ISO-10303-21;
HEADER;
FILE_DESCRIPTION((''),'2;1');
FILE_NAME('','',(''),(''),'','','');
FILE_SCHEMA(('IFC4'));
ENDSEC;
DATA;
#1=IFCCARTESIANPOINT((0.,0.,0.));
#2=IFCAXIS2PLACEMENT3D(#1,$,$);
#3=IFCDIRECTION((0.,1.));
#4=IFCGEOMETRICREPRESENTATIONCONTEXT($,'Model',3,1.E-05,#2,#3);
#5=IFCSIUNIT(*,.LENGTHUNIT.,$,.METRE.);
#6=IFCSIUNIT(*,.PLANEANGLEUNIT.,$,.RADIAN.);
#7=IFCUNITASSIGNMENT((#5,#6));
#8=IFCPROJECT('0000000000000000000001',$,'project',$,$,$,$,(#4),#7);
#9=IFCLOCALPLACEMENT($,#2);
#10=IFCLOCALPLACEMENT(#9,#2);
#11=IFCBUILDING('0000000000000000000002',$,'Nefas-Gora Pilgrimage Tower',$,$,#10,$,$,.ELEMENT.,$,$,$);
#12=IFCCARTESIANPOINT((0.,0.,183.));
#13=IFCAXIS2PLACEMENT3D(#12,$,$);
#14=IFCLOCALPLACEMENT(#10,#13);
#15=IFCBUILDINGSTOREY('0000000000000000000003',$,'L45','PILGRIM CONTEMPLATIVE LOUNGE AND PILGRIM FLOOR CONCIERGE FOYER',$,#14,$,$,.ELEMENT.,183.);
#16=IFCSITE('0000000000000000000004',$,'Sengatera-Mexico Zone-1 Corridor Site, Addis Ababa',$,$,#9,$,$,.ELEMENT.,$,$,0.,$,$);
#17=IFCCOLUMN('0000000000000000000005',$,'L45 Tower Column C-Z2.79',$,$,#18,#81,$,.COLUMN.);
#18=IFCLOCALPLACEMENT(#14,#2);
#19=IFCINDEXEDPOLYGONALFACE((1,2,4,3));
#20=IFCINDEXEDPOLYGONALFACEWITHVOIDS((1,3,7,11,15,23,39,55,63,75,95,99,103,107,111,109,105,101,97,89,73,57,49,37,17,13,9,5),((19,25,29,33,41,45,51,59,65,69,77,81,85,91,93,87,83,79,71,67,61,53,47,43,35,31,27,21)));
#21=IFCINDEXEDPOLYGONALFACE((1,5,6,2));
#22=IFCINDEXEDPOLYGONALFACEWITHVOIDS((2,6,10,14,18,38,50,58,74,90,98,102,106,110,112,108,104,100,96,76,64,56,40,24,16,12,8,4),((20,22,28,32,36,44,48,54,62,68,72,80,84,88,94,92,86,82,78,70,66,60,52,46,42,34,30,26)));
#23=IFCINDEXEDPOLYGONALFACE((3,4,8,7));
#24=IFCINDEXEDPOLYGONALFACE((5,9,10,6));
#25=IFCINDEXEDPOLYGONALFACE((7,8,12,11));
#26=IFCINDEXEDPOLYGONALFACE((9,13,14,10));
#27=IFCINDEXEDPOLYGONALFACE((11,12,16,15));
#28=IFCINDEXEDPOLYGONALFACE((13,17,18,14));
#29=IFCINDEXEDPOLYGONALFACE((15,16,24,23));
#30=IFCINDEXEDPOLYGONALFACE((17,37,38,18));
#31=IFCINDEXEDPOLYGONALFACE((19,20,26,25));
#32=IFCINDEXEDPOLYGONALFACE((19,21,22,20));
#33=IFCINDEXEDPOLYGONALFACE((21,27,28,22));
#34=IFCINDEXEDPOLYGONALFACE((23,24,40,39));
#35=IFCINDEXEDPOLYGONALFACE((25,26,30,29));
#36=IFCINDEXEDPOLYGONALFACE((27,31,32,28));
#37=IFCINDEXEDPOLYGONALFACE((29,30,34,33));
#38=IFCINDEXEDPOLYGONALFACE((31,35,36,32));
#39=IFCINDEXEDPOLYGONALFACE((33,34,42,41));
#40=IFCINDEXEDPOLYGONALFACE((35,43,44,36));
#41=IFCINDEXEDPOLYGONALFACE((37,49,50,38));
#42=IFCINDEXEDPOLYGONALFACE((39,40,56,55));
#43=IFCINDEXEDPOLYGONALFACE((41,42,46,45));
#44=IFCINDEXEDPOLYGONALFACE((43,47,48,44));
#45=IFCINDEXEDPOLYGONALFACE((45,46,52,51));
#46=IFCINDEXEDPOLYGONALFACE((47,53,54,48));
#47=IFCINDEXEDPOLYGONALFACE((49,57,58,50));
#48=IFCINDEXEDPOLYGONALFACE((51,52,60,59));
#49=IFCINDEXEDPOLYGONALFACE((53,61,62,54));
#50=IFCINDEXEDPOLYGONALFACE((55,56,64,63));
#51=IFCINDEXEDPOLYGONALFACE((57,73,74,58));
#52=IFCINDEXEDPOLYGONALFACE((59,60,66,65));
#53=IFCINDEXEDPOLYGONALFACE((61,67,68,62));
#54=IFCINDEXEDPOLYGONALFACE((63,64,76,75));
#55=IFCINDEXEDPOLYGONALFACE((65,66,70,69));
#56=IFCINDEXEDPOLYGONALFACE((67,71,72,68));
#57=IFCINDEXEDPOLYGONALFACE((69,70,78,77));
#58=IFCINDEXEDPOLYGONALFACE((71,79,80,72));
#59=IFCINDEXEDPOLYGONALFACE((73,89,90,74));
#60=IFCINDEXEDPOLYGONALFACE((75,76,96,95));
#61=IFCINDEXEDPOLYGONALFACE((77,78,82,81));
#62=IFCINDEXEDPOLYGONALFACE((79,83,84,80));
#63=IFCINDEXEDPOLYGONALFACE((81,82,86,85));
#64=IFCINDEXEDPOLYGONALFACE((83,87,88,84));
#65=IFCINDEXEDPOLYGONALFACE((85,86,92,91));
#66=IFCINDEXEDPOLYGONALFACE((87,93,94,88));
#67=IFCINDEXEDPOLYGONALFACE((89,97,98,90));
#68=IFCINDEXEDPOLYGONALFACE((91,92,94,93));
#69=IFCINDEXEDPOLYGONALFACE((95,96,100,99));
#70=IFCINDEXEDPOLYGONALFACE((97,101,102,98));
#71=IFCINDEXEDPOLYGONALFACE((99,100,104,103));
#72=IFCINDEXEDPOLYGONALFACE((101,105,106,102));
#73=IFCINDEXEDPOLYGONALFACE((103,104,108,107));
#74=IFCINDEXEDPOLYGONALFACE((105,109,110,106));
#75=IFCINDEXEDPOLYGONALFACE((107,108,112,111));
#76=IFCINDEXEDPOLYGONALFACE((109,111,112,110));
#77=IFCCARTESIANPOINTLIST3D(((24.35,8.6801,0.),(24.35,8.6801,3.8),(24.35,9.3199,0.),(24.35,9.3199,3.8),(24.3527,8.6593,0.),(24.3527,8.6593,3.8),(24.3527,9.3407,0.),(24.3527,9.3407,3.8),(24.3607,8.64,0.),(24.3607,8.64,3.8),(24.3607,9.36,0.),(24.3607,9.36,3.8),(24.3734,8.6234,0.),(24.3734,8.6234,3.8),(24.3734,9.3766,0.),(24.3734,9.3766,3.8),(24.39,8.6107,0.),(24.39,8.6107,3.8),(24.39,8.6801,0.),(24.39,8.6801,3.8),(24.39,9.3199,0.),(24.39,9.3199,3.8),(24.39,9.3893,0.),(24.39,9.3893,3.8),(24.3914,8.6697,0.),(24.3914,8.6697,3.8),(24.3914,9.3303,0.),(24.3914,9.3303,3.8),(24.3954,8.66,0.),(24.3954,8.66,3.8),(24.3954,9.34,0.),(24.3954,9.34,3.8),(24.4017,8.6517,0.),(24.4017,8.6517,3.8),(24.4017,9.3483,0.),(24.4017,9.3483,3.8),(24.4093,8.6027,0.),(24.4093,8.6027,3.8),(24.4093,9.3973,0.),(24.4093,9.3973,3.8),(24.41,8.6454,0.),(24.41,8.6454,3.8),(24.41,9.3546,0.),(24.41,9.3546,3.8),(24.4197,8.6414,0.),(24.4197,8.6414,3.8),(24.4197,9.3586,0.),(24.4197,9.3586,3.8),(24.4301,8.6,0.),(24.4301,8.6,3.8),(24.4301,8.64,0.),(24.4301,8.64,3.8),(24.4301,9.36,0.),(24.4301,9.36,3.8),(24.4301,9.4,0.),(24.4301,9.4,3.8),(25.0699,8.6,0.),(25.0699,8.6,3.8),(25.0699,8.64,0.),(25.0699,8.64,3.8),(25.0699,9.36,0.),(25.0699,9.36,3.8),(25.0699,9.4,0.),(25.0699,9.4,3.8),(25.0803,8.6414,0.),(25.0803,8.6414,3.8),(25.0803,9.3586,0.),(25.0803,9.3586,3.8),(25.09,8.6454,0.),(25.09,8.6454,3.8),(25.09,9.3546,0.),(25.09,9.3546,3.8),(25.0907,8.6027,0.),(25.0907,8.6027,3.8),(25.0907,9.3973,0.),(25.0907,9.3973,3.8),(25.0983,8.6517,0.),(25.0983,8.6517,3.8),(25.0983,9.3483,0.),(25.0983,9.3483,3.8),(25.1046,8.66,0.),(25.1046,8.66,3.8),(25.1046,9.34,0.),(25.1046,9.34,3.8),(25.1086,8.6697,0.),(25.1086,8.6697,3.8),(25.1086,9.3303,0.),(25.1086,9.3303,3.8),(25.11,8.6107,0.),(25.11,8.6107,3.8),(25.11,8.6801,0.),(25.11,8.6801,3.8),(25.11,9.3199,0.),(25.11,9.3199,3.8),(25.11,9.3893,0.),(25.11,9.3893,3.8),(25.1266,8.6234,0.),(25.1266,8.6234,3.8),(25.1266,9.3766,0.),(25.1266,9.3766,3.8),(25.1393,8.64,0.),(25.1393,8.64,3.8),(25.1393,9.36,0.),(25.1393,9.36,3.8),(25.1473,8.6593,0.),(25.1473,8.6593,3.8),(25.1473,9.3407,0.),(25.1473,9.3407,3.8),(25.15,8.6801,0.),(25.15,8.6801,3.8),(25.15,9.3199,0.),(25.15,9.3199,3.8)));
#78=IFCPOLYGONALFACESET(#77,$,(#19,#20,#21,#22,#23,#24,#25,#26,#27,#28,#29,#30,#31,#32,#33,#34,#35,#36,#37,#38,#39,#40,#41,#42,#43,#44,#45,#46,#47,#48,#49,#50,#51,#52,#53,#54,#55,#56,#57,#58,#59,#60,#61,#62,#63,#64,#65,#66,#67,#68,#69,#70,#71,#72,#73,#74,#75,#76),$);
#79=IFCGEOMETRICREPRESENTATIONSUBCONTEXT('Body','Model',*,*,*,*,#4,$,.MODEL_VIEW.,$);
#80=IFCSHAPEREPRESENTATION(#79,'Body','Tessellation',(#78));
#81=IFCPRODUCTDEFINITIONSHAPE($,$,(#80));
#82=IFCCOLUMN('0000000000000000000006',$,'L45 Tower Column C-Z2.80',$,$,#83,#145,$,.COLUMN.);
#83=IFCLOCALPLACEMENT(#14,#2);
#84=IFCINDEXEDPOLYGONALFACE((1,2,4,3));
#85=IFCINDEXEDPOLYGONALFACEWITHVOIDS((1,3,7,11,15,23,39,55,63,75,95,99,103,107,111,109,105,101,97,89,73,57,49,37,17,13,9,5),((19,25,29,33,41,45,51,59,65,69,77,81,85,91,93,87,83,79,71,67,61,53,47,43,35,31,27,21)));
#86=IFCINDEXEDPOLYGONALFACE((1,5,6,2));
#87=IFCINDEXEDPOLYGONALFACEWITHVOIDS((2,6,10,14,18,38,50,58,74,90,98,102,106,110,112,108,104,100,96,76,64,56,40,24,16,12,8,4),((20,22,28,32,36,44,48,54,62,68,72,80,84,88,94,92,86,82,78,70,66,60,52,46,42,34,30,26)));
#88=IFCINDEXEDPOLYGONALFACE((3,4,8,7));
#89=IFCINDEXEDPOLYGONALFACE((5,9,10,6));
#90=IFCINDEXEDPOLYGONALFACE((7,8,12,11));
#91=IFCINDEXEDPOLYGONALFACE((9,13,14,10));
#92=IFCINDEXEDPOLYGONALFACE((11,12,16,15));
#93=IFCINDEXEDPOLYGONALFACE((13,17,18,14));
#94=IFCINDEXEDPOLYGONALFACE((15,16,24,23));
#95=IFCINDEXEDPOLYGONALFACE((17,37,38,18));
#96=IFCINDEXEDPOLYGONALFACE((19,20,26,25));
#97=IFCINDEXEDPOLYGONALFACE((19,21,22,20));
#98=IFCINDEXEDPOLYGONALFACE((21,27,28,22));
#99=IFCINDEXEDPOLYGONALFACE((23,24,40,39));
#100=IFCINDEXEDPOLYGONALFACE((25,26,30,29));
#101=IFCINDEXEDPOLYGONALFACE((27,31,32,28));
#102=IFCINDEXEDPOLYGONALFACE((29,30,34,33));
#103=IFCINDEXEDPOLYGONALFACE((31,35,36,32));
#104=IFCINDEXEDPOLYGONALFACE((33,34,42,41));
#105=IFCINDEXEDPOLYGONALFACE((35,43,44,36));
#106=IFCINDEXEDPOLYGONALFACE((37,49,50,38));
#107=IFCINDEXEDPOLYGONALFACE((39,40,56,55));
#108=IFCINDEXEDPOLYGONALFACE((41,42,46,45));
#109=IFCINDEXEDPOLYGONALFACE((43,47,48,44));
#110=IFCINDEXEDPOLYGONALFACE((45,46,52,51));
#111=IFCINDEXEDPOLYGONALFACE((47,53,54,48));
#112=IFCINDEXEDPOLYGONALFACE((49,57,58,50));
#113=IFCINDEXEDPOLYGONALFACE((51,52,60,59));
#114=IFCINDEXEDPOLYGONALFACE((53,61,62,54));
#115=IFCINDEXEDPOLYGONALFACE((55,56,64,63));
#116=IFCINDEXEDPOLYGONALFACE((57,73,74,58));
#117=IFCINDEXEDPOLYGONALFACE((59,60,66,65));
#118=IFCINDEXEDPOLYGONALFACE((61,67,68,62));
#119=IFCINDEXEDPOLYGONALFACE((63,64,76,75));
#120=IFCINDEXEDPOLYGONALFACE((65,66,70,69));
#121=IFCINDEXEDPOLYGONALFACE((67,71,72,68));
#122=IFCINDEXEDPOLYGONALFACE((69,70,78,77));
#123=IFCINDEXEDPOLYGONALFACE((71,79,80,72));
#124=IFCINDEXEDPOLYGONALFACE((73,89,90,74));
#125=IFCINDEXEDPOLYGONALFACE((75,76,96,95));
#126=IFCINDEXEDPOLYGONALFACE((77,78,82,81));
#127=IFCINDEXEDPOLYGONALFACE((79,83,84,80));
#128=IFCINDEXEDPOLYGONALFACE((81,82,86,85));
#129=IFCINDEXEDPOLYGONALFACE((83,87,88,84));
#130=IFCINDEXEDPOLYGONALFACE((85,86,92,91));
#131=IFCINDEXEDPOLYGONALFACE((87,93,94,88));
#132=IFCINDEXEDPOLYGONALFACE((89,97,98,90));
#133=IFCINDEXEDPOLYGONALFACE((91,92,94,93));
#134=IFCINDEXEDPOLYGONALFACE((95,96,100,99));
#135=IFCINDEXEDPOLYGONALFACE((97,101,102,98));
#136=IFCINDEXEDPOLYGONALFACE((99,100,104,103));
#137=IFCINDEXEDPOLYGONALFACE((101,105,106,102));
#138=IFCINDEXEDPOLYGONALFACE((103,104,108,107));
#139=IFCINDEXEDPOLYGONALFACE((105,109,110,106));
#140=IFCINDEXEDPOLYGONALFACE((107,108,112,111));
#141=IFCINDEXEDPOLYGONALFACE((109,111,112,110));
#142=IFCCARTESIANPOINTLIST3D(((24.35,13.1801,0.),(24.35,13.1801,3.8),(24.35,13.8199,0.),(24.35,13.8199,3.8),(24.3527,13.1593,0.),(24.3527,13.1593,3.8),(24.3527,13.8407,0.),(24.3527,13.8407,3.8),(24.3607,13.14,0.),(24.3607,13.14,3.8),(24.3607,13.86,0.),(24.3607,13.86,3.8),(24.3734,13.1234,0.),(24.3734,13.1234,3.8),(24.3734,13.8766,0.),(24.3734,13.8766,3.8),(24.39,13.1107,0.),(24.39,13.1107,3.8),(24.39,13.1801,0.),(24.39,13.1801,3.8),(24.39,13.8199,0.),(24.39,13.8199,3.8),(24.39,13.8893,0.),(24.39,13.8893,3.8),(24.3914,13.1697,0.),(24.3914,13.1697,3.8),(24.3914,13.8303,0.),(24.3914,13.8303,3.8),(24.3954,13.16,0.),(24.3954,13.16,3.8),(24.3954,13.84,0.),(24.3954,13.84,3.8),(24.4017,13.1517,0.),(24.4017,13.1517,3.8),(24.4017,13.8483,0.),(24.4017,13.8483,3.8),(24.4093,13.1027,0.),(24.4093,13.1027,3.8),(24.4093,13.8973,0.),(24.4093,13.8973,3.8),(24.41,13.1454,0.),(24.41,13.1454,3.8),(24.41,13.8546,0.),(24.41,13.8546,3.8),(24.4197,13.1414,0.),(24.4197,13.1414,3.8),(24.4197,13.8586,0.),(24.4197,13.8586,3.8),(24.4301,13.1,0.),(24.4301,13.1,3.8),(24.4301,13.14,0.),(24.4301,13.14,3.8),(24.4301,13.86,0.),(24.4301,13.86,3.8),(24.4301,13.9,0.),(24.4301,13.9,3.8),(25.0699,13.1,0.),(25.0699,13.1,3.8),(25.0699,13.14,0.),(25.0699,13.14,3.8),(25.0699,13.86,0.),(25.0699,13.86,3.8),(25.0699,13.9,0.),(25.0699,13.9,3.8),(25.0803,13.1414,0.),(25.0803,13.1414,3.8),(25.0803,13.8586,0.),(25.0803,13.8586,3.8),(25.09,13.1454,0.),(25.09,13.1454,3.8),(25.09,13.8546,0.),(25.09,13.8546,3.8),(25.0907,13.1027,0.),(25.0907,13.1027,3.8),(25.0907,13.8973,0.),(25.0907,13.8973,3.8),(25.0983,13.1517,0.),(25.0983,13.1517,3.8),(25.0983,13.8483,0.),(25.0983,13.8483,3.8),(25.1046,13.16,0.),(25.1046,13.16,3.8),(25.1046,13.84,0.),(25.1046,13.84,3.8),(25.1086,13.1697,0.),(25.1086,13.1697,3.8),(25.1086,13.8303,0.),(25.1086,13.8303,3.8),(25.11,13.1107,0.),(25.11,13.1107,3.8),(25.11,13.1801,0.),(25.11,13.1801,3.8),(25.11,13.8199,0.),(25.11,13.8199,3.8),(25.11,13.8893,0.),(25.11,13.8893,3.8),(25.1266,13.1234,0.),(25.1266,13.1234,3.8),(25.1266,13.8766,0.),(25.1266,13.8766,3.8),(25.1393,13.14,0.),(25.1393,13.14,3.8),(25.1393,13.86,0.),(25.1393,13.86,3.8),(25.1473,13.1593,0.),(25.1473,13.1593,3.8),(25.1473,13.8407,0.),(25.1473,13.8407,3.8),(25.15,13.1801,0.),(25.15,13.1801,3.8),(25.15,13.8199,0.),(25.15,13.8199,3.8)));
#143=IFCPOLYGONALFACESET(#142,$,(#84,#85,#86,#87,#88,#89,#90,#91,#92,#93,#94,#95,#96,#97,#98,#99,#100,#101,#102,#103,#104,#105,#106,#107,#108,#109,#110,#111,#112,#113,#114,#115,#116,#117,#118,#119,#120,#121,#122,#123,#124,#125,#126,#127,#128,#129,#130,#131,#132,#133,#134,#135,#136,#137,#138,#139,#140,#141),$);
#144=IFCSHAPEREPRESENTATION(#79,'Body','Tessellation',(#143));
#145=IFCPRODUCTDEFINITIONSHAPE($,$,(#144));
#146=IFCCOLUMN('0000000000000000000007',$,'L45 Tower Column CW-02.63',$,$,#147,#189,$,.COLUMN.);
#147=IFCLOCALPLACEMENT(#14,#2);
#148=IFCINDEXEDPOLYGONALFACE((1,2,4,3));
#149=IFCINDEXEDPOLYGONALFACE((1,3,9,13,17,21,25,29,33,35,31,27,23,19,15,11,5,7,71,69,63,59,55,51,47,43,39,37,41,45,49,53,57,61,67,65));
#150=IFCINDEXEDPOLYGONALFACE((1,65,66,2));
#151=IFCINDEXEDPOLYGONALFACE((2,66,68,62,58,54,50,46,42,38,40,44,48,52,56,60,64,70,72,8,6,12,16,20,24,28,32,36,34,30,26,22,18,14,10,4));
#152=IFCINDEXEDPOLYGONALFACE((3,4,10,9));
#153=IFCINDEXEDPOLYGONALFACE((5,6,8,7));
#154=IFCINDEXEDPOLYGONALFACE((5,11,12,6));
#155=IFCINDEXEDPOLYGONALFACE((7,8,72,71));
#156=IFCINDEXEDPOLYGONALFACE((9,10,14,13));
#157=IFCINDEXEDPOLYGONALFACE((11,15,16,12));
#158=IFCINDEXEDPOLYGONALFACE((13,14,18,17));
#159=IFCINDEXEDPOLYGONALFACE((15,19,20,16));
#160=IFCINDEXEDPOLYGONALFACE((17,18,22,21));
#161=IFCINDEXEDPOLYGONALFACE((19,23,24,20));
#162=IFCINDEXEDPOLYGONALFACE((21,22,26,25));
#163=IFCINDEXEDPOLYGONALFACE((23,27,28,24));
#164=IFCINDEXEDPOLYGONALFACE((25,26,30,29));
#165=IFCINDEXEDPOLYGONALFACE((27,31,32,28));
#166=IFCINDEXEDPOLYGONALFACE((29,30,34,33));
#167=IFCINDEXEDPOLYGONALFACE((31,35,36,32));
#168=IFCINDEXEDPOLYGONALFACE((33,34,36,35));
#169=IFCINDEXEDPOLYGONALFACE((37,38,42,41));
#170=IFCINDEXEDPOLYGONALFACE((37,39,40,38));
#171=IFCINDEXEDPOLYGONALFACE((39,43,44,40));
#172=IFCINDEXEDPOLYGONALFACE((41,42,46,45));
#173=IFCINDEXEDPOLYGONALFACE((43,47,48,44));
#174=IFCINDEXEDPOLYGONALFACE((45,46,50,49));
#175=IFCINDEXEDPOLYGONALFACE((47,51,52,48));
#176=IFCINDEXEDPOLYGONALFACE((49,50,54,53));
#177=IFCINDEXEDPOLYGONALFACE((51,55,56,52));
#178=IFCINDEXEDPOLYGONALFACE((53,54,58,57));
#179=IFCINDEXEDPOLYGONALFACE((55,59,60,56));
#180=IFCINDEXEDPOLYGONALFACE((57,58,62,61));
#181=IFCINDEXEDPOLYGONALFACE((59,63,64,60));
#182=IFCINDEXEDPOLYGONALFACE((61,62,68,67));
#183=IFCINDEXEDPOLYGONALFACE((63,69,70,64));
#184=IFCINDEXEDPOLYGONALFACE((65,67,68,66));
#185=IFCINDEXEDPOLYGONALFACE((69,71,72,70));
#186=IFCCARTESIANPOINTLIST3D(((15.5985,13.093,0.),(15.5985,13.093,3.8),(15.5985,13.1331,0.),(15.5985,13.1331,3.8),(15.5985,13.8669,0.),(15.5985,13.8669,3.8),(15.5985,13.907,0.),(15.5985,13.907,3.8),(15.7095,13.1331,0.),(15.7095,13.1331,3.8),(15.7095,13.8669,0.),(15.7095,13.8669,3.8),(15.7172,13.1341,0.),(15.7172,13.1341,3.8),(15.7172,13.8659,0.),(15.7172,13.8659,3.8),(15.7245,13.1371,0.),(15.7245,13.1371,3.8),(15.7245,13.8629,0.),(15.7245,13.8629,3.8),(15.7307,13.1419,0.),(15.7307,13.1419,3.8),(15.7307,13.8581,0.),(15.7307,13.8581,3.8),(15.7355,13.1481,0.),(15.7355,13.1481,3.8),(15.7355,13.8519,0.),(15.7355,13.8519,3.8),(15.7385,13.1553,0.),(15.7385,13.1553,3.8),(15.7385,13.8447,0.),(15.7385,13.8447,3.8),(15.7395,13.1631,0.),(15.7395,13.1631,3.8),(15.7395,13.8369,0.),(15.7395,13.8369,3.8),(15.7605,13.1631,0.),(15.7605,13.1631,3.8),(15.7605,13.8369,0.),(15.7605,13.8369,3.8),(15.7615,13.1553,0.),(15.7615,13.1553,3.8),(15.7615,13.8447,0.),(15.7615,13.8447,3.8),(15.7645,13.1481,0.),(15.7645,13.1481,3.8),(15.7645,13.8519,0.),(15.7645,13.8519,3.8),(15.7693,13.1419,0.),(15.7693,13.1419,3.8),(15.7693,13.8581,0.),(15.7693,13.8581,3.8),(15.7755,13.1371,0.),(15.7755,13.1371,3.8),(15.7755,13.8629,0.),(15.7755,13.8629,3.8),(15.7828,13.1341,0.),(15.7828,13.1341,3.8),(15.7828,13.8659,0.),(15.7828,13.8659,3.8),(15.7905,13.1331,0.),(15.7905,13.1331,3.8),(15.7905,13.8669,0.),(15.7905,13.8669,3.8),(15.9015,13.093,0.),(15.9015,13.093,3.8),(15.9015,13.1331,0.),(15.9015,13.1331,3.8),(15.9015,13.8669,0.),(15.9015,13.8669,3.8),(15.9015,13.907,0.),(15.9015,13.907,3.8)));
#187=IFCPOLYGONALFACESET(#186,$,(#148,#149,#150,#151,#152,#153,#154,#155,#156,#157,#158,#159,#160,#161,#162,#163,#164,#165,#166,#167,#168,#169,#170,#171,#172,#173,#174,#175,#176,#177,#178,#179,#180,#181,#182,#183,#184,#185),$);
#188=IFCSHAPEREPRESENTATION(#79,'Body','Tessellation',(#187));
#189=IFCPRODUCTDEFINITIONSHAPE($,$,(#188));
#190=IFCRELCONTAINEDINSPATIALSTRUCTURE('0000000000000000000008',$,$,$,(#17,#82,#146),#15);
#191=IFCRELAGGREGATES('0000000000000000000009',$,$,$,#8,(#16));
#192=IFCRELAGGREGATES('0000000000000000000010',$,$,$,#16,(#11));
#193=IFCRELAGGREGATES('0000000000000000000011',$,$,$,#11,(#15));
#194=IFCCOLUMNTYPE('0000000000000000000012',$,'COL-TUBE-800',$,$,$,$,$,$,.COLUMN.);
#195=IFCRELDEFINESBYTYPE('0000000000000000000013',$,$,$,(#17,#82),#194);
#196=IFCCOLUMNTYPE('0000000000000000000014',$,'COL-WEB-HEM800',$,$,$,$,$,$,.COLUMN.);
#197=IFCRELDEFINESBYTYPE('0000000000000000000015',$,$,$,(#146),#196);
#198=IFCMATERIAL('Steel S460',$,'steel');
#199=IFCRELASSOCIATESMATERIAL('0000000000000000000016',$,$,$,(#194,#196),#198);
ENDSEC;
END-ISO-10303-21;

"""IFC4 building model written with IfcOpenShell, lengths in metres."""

from ifc_helpers import new_model, si_unit, direction, frame, origin, origin_2d, place, context, subcontext, project, spatial, hollow_rectangle, i_section, extrude, source, transform, mapped, material, material_profile, profile_set, type_object, element, save


model = new_model("IFC4")

# Units and contexts
model_context = context("Model", 3, precision=1e-05, world=origin(), true_north=direction((0.0, 1.0)))
body_context = subcontext(model_context, "Body", "Model", "MODEL_VIEW")
ifc_project = project(units=[si_unit("LENGTHUNIT", "METRE"), si_unit("PLANEANGLEUNIT", "RADIAN")], contexts=[model_context])

# Site, building, storey
site_placement = place(None, origin())
site = spatial("IfcSite", under=ifc_project, at=site_placement, Name="Sengatera-Mexico Zone-1 Corridor Site, Addis Ababa", CompositionType="ELEMENT", RefElevation=0.0)
building_placement = place(site_placement, origin())
building = spatial("IfcBuilding", under=site, at=building_placement, Name="Nefas-Gora Pilgrimage Tower", CompositionType="ELEMENT")
storey_placement = place(building_placement, frame((0.0, 0.0, 183.0)))
storey = spatial("IfcBuildingStorey", under=building, at=storey_placement, Name="L45", Description="PILGRIM CONTEMPLATIVE LOUNGE AND PILGRIM FLOOR CONCIERGE FOYER", CompositionType="ELEMENT", Elevation=183.0)

# Columns
ifc_material_1 = material(Name="Steel S460", Category="steel")
ifc_material_profile_1 = material_profile(ifc_material_1, hollow_rectangle(XDim=0.8, YDim=0.8, WallThickness=0.04, InnerFilletRadius=0.04, OuterFilletRadius=0.0801, at=origin_2d()), Name="BOX 800x800x40")
ifc_profile_set_1 = profile_set([ifc_material_profile_1], Name="Steel S460")
column_type_1 = type_object("IfcColumnType", Name="COL-TUBE-800", PredefinedType="COLUMN", material=ifc_profile_set_1)
shared_shape_1 = source(origin(), body_context, "Body", "SweptSolid", [
    extrude(hollow_rectangle(XDim=0.8, YDim=0.8, WallThickness=0.04, InnerFilletRadius=0.04, OuterFilletRadius=0.0801, at=origin_2d()), origin(), (0.0, 0.0, 1.0), 3.8),
])
for number, where, z_axis, x_axis, name in (
    (1, (24.75, 9.0, 0.0), (0.0, 0.0, 1.0), (1.0, 0.0, 0.0), "L45 Tower Column C-Z2.79"),
    (2, (24.75, 13.5, 0.0), (0.0, 0.0, 1.0), (1.0, 0.0, 0.0), "L45 Tower Column C-Z2.80"),
):
    element("IfcColumn", number, at=place(storey_placement, frame(where, z_axis=z_axis, x_axis=x_axis)), inside=storey, type_object=column_type_1, Name=name, PredefinedType="COLUMN", context=body_context, shape_type="MappedRepresentation", body=[
        mapped(shared_shape_1, transform((0.0, 0.0, 0.0), x_axis=(1.0, 0.0, 0.0), y_axis=(0.0, 1.0, 0.0), z_axis=(0.0, 0.0, 1.0), scale=1.0)),
    ])
ifc_material_profile_2 = material_profile(ifc_material_1, i_section(OverallWidth=0.303, OverallDepth=0.814, WebThickness=0.021, FlangeThickness=0.04, FilletRadius=0.03, at=origin_2d()), Name="HEM 800")
ifc_profile_set_2 = profile_set([ifc_material_profile_2], Name="Steel S460")
column_type_2 = type_object("IfcColumnType", Name="COL-WEB-HEM800", PredefinedType="COLUMN", material=ifc_profile_set_2)
shared_shape_2 = source(origin(), body_context, "Body", "SweptSolid", [
    extrude(i_section(OverallWidth=0.303, OverallDepth=0.814, WebThickness=0.021, FlangeThickness=0.04, FilletRadius=0.03, at=origin_2d()), origin(), (0.0, 0.0, 1.0), 3.8),
])
for number, where, z_axis, x_axis, name in (
    (3, (15.75, 13.5, 0.0), (0.0, 0.0, 1.0), (1.0, 0.0, 0.0), "L45 Tower Column CW-02.63"),
):
    element("IfcColumn", number, at=place(storey_placement, frame(where, z_axis=z_axis, x_axis=x_axis)), inside=storey, type_object=column_type_2, Name=name, PredefinedType="COLUMN", context=body_context, shape_type="MappedRepresentation", body=[
        mapped(shared_shape_2, transform((0.0, 0.0, 0.0), x_axis=(1.0, 0.0, 0.0), y_axis=(0.0, 1.0, 0.0), z_axis=(0.0, 0.0, 1.0), scale=1.0)),
    ])

save(model, "model.ifc")
